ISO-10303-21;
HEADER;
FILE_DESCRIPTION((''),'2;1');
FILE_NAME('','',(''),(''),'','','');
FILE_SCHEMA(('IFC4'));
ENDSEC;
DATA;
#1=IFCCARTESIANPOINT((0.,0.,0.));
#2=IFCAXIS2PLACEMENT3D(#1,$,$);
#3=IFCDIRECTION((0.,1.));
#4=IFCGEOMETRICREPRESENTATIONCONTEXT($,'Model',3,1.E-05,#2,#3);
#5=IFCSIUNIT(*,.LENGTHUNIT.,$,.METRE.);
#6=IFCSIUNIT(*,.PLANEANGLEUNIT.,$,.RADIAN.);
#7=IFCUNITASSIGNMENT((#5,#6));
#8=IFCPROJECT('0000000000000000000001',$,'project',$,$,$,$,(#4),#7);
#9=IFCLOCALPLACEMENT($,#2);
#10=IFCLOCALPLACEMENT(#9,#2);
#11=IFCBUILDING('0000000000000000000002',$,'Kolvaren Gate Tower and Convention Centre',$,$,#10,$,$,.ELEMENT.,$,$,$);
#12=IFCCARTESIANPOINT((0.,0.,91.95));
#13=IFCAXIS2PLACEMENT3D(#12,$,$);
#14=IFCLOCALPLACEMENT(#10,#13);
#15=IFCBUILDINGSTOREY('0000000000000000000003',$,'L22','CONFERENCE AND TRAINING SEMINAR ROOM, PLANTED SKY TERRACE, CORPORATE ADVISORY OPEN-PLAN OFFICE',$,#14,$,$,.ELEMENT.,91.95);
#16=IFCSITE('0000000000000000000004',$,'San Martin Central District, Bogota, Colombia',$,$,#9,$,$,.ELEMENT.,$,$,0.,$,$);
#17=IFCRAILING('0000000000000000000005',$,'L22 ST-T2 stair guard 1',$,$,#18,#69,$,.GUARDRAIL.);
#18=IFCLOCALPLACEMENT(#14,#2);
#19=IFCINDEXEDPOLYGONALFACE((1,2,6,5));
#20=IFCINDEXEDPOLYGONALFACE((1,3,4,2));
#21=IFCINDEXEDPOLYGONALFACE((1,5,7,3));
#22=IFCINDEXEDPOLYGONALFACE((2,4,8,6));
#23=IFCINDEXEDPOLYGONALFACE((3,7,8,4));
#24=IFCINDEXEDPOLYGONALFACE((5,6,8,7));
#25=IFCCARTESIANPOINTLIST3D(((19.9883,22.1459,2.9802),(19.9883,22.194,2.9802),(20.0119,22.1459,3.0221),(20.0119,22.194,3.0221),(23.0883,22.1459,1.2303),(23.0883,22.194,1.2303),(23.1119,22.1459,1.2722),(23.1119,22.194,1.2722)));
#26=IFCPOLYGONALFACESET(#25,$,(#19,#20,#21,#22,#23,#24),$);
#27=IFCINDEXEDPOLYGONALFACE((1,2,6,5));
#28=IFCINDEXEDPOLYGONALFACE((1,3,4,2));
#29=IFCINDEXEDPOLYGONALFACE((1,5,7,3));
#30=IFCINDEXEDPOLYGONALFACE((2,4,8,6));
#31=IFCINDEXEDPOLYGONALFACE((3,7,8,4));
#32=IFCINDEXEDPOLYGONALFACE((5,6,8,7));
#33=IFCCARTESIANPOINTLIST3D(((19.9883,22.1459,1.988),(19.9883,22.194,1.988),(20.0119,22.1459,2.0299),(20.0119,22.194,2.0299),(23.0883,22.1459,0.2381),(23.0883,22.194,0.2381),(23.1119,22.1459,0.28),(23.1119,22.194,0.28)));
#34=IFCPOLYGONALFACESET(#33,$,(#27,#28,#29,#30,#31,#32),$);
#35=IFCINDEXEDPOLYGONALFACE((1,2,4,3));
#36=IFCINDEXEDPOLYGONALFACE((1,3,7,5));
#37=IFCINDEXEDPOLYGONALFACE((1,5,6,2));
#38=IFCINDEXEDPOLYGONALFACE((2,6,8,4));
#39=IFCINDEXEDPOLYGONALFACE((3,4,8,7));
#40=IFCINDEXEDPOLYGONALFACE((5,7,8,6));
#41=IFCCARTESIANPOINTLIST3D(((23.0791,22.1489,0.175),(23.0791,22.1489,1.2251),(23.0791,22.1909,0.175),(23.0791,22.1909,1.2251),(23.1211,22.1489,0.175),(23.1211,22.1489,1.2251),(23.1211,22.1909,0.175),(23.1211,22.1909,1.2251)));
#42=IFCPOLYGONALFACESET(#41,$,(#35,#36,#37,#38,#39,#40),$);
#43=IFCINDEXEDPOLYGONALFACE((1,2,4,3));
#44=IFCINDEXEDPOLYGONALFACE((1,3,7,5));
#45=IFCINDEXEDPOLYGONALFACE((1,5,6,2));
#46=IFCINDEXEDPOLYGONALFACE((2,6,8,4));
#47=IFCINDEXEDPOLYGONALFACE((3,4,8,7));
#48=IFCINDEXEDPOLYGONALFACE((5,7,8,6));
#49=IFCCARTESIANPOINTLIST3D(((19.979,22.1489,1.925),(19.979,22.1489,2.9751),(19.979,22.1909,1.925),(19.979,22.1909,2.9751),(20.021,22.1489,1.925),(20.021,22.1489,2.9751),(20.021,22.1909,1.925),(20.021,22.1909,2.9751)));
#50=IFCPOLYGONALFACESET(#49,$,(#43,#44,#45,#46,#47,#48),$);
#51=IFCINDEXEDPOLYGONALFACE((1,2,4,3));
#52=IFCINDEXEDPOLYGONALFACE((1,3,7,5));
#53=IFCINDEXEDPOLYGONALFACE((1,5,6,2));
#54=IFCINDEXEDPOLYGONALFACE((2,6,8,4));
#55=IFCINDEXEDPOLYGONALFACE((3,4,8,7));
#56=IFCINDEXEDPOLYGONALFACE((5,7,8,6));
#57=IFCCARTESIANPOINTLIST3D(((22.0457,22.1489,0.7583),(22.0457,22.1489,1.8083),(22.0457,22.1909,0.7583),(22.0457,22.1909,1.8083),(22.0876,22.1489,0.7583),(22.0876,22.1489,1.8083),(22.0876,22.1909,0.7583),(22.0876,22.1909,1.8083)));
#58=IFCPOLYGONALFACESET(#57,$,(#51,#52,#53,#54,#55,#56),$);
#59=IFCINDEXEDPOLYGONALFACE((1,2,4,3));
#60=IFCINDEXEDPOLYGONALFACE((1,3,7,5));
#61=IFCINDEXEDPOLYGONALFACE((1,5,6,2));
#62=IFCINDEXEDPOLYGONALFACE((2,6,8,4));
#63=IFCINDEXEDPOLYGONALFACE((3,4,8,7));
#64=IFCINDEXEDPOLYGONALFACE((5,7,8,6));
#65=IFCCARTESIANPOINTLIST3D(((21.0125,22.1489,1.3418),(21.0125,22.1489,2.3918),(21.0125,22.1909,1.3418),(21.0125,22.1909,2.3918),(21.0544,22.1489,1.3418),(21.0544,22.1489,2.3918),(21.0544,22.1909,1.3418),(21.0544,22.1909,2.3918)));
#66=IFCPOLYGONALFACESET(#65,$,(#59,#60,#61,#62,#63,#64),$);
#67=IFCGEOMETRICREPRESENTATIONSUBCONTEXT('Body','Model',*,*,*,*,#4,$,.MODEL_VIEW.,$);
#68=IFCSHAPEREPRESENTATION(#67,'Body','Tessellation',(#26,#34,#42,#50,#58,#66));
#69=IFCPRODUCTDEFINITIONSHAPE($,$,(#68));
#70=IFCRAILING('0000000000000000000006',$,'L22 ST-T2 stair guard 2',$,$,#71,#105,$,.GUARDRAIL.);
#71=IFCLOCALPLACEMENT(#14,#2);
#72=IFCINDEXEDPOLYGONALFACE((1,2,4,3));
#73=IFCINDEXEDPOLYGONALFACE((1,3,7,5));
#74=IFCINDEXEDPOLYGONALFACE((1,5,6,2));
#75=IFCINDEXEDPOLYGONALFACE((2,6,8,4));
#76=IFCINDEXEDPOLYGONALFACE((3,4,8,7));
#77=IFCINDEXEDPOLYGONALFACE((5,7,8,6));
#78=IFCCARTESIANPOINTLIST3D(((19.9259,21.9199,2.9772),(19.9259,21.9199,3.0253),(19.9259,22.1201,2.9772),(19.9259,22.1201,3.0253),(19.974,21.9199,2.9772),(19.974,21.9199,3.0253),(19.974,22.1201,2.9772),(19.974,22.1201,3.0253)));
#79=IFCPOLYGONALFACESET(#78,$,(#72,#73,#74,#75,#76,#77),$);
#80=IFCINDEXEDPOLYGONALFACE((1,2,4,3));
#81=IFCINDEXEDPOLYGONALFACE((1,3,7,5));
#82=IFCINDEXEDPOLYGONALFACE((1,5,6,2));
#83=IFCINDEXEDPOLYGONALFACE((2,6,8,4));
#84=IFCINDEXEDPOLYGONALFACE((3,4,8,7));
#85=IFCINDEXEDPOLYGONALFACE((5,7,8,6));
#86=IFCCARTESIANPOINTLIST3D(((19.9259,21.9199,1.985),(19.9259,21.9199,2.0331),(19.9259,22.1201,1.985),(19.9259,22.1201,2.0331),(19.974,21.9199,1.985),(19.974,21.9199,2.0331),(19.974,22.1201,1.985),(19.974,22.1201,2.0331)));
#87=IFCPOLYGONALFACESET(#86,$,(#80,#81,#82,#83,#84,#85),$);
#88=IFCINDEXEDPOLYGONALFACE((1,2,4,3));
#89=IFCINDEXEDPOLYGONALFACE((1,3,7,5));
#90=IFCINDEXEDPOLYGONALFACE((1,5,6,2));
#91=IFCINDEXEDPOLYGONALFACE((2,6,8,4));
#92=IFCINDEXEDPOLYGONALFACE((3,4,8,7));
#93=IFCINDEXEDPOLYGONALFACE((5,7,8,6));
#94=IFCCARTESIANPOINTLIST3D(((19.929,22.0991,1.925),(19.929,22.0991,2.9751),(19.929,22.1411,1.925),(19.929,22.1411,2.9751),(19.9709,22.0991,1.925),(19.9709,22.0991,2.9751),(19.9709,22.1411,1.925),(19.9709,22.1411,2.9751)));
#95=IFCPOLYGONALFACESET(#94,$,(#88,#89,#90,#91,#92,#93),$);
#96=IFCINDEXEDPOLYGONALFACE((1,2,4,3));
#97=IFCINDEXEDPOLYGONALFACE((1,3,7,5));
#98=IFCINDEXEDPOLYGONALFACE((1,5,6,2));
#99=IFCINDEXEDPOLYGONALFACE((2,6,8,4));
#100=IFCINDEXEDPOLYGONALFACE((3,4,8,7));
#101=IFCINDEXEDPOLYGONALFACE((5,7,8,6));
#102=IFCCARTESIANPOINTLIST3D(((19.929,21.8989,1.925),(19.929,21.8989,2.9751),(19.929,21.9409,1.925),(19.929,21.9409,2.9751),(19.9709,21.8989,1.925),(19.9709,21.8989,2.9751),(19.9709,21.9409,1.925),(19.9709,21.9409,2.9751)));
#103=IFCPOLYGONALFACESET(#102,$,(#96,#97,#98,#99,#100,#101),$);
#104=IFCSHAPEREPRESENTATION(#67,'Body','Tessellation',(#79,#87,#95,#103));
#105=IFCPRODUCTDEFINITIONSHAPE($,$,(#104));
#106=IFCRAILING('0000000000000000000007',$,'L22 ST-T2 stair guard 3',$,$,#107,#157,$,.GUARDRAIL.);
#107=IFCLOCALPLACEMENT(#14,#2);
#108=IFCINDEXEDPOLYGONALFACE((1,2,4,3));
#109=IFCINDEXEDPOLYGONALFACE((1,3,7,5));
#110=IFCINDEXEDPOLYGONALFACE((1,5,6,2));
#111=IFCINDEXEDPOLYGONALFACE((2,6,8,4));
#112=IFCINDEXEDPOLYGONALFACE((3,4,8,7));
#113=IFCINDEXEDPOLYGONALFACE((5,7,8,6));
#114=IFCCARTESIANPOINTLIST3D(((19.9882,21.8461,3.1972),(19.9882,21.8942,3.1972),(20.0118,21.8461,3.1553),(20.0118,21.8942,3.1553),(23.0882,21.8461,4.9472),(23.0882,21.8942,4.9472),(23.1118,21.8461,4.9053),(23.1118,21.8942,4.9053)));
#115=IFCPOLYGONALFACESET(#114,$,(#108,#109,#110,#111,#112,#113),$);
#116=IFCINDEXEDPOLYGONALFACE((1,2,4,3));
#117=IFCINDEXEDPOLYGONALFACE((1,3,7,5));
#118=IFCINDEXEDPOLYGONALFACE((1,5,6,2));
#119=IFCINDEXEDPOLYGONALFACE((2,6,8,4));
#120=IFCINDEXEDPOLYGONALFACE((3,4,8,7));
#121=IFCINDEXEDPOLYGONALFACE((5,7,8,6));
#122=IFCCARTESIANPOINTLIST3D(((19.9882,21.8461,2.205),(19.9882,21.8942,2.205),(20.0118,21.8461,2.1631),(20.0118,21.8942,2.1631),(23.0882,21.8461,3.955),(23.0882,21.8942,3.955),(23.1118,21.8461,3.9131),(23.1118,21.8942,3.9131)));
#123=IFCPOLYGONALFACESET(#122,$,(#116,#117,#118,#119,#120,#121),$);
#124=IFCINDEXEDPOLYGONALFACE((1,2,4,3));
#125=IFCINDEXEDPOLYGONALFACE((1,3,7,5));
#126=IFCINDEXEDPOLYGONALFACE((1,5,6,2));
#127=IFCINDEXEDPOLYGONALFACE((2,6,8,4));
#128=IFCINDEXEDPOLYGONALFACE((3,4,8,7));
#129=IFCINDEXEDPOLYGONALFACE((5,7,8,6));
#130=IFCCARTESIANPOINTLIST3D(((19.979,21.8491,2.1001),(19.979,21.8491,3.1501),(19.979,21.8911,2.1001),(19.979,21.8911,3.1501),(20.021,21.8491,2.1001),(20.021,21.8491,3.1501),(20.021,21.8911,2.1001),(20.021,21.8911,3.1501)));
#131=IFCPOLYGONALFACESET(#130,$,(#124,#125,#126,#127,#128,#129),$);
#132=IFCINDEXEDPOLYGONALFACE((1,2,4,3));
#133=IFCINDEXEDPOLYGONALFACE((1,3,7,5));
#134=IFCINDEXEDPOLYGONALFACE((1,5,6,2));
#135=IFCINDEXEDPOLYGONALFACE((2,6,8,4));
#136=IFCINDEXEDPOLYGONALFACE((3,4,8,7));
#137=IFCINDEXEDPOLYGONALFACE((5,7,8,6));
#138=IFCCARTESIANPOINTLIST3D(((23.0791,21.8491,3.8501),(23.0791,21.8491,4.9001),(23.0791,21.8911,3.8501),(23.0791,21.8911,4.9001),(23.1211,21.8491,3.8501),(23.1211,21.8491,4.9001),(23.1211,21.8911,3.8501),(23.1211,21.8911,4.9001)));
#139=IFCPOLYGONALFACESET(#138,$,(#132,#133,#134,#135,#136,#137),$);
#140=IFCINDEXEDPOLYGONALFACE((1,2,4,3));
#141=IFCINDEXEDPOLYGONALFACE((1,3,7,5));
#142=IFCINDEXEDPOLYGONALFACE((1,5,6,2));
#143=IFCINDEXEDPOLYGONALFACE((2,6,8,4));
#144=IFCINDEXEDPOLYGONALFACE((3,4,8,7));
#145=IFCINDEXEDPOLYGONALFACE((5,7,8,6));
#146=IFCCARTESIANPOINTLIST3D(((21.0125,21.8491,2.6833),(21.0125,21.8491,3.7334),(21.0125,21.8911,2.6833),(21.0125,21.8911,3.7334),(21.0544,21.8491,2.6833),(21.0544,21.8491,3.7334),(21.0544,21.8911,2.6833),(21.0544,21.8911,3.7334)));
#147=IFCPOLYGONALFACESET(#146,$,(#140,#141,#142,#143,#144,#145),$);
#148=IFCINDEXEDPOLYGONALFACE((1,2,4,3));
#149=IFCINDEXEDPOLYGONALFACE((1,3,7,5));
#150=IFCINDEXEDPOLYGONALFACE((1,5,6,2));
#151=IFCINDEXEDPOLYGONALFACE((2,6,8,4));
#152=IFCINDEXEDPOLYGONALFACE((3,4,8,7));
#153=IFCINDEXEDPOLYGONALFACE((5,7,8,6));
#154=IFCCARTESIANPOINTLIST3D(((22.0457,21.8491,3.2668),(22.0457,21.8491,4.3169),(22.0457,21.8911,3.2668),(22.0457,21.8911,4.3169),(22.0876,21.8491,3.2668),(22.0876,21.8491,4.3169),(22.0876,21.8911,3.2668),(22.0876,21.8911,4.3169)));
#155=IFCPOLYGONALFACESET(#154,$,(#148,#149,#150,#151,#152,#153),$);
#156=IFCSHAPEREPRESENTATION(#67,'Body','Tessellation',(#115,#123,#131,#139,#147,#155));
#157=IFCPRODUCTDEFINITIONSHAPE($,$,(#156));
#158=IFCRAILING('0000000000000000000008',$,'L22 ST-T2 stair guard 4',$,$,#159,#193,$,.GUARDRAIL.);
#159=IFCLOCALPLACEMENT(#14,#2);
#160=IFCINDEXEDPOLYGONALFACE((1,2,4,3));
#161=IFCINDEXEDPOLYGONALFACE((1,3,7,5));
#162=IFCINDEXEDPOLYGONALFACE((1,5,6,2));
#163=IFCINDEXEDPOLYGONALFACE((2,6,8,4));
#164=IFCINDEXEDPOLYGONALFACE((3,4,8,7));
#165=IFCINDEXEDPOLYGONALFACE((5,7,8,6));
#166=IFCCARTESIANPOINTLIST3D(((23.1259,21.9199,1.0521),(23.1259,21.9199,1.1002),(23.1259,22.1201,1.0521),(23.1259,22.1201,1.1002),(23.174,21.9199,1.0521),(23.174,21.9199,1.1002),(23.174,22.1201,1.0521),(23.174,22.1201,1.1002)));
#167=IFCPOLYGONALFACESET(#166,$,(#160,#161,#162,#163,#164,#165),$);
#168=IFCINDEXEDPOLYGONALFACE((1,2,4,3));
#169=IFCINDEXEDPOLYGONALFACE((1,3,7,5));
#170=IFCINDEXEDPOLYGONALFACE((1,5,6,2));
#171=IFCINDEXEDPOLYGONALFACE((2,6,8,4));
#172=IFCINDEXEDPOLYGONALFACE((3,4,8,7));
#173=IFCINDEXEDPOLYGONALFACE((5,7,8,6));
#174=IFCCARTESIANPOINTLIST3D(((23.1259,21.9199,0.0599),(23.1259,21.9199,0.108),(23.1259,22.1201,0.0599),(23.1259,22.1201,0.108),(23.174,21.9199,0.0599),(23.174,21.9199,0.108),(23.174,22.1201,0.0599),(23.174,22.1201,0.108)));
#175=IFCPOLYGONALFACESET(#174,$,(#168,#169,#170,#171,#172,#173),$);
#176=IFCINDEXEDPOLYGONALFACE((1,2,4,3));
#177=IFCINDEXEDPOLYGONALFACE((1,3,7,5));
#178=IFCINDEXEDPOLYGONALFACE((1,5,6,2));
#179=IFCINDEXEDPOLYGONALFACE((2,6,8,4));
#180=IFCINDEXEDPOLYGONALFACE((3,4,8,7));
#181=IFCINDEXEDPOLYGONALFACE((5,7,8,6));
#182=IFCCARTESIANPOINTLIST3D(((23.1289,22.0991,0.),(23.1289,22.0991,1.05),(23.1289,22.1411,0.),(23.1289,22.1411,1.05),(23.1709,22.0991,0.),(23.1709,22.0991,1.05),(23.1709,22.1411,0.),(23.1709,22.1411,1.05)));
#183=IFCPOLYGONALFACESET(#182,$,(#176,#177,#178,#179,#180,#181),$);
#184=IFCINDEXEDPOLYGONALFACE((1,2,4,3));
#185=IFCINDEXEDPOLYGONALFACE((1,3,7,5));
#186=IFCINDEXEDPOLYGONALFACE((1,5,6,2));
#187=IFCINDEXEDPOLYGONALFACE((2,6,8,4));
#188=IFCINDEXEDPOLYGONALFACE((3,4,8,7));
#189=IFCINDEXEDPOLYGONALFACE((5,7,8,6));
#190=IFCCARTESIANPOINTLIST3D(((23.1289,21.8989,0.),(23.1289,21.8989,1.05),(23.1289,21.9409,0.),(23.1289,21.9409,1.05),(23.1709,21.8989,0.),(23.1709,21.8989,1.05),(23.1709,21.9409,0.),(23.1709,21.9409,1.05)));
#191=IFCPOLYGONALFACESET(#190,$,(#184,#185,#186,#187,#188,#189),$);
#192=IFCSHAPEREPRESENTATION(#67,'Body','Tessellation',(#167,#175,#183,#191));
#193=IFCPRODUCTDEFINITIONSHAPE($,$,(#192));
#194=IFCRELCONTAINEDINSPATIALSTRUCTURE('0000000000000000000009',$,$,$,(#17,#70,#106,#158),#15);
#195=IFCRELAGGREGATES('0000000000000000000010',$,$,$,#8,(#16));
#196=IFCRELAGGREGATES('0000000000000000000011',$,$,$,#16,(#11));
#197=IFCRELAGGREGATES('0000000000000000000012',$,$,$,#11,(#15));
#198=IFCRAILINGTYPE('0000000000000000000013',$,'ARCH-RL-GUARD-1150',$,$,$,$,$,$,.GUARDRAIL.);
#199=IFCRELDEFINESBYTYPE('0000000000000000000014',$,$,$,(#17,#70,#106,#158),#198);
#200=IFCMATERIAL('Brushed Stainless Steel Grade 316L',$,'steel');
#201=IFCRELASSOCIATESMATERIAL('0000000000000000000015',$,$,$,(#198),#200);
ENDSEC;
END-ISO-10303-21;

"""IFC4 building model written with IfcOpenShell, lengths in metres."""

from ifc_helpers import new_model, si_unit, direction, frame, origin, origin_2d, place, context, subcontext, project, spatial, rectangle, extrude, material, type_object, element, save


model = new_model("IFC4")

# Units and contexts
model_context = context("Model", 3, precision=1e-05, world=origin(), true_north=direction((0.0, 1.0)))
body_context = subcontext(model_context, "Body", "Model", "MODEL_VIEW")
ifc_project = project(units=[si_unit("LENGTHUNIT", "METRE"), si_unit("PLANEANGLEUNIT", "RADIAN")], contexts=[model_context])

# Site, building, storey
site_placement = place(None, origin())
site = spatial("IfcSite", under=ifc_project, at=site_placement, Name="San Martin Central District, Bogota, Colombia", CompositionType="ELEMENT", RefElevation=0.0)
building_placement = place(site_placement, origin())
building = spatial("IfcBuilding", under=site, at=building_placement, Name="Kolvaren Gate Tower and Convention Centre", CompositionType="ELEMENT")
storey_placement = place(building_placement, frame((0.0, 0.0, 91.95)))
storey = spatial("IfcBuildingStorey", under=building, at=storey_placement, Name="L22", Description="CONFERENCE AND TRAINING SEMINAR ROOM, PLANTED SKY TERRACE, CORPORATE ADVISORY OPEN-PLAN OFFICE", CompositionType="ELEMENT", Elevation=91.95)

# Shared definitions
ifc_material_1 = material(Name="Brushed Stainless Steel Grade 316L", Category="steel")

# Railings
railing_type_1 = type_object("IfcRailingType", Name="ARCH-RL-GUARD-1150", PredefinedType="GUARDRAIL", material=ifc_material_1)
railing_1_placement = place(storey_placement, frame((23.1001, 22.1699, 0.175)))
element("IfcRailing", 1, at=railing_1_placement, inside=storey, type_object=railing_type_1, Name="L22 ST-T2 stair guard 1", PredefinedType="GUARDRAIL", context=body_context, shape_type="SweptSolid", body=[
    extrude(rectangle(XDim=0.0481, YDim=0.0481, at=origin_2d()), frame((0.0, 0.0, 1.0762), z_axis=(-0.870831, 0.0, 0.491583), x_axis=(0.0, -1.0, 0.0)), (0.0, 0.0, 1.0), 3.5598),
    extrude(rectangle(XDim=0.0481, YDim=0.0481, at=origin_2d()), frame((0.0, 0.0, 0.084), z_axis=(-0.870831, 0.0, 0.491583), x_axis=(0.0, -1.0, 0.0)), (0.0, 0.0, 1.0), 3.5598),
    extrude(rectangle(XDim=0.042, YDim=0.042, at=origin_2d()), origin(), (0.0, 0.0, 1.0), 1.05),
    extrude(rectangle(XDim=0.042, YDim=0.042, at=origin_2d()), frame((-3.1001, 0.0, 1.75)), (0.0, 0.0, 1.0), 1.05),
    extrude(rectangle(XDim=0.042, YDim=0.042, at=origin_2d()), frame((-1.0334, 0.0, 0.5833)), (0.0, 0.0, 1.0), 1.05),
    extrude(rectangle(XDim=0.042, YDim=0.042, at=origin_2d()), frame((-2.0667, 0.0, 1.1667)), (0.0, 0.0, 1.0), 1.05),
])
railing_2_placement = place(storey_placement, frame((19.95, 22.1201, 1.925)))
element("IfcRailing", 2, at=railing_2_placement, inside=storey, type_object=railing_type_1, Name="L22 ST-T2 stair guard 2", PredefinedType="GUARDRAIL", context=body_context, shape_type="SweptSolid", body=[
    extrude(rectangle(XDim=0.0481, YDim=0.0481, at=origin_2d()), frame((0.0, 0.0, 1.0762), z_axis=(0.0, -1.0, 0.0), x_axis=(1.0, 0.0, 0.0)), (0.0, 0.0, 1.0), 0.2002),
    extrude(rectangle(XDim=0.0481, YDim=0.0481, at=origin_2d()), frame((0.0, 0.0, 0.084), z_axis=(0.0, -1.0, 0.0), x_axis=(1.0, 0.0, 0.0)), (0.0, 0.0, 1.0), 0.2002),
    extrude(rectangle(XDim=0.042, YDim=0.042, at=origin_2d()), origin(), (0.0, 0.0, 1.0), 1.05),
    extrude(rectangle(XDim=0.042, YDim=0.042, at=origin_2d()), frame((0.0, -0.2002, 0.0)), (0.0, 0.0, 1.0), 1.05),
])
railing_3_placement = place(storey_placement, frame((20.0, 21.8701, 2.1001)))
element("IfcRailing", 3, at=railing_3_placement, inside=storey, type_object=railing_type_1, Name="L22 ST-T2 stair guard 3", PredefinedType="GUARDRAIL", context=body_context, shape_type="SweptSolid", body=[
    extrude(rectangle(XDim=0.0481, YDim=0.0481, at=origin_2d()), frame((0.0, 0.0, 1.0762), z_axis=(0.870831, 0.0, 0.491583), x_axis=(0.0, 1.0, 0.0)), (0.0, 0.0, 1.0), 3.5598),
    extrude(rectangle(XDim=0.0481, YDim=0.0481, at=origin_2d()), frame((0.0, 0.0, 0.084), z_axis=(0.870831, 0.0, 0.491583), x_axis=(0.0, 1.0, 0.0)), (0.0, 0.0, 1.0), 3.5598),
    extrude(rectangle(XDim=0.042, YDim=0.042, at=origin_2d()), origin(), (0.0, 0.0, 1.0), 1.05),
    extrude(rectangle(XDim=0.042, YDim=0.042, at=origin_2d()), frame((3.1001, 0.0, 1.75)), (0.0, 0.0, 1.0), 1.05),
    extrude(rectangle(XDim=0.042, YDim=0.042, at=origin_2d()), frame((1.0334, 0.0, 0.5833)), (0.0, 0.0, 1.0), 1.05),
    extrude(rectangle(XDim=0.042, YDim=0.042, at=origin_2d()), frame((2.0667, 0.0, 1.1667)), (0.0, 0.0, 1.0), 1.05),
])
railing_4_placement = place(storey_placement, frame((23.1499, 22.1201, 0.0)))
element("IfcRailing", 4, at=railing_4_placement, inside=storey, type_object=railing_type_1, Name="L22 ST-T2 stair guard 4", PredefinedType="GUARDRAIL", context=body_context, shape_type="SweptSolid", body=[
    extrude(rectangle(XDim=0.0481, YDim=0.0481, at=origin_2d()), frame((0.0, 0.0, 1.0762), z_axis=(0.0, -1.0, 0.0), x_axis=(1.0, 0.0, 0.0)), (0.0, 0.0, 1.0), 0.2002),
    extrude(rectangle(XDim=0.0481, YDim=0.0481, at=origin_2d()), frame((0.0, 0.0, 0.084), z_axis=(0.0, -1.0, 0.0), x_axis=(1.0, 0.0, 0.0)), (0.0, 0.0, 1.0), 0.2002),
    extrude(rectangle(XDim=0.042, YDim=0.042, at=origin_2d()), origin(), (0.0, 0.0, 1.0), 1.05),
    extrude(rectangle(XDim=0.042, YDim=0.042, at=origin_2d()), frame((0.0, -0.2002, 0.0)), (0.0, 0.0, 1.0), 1.05),
])

save(model, "model.ifc")
